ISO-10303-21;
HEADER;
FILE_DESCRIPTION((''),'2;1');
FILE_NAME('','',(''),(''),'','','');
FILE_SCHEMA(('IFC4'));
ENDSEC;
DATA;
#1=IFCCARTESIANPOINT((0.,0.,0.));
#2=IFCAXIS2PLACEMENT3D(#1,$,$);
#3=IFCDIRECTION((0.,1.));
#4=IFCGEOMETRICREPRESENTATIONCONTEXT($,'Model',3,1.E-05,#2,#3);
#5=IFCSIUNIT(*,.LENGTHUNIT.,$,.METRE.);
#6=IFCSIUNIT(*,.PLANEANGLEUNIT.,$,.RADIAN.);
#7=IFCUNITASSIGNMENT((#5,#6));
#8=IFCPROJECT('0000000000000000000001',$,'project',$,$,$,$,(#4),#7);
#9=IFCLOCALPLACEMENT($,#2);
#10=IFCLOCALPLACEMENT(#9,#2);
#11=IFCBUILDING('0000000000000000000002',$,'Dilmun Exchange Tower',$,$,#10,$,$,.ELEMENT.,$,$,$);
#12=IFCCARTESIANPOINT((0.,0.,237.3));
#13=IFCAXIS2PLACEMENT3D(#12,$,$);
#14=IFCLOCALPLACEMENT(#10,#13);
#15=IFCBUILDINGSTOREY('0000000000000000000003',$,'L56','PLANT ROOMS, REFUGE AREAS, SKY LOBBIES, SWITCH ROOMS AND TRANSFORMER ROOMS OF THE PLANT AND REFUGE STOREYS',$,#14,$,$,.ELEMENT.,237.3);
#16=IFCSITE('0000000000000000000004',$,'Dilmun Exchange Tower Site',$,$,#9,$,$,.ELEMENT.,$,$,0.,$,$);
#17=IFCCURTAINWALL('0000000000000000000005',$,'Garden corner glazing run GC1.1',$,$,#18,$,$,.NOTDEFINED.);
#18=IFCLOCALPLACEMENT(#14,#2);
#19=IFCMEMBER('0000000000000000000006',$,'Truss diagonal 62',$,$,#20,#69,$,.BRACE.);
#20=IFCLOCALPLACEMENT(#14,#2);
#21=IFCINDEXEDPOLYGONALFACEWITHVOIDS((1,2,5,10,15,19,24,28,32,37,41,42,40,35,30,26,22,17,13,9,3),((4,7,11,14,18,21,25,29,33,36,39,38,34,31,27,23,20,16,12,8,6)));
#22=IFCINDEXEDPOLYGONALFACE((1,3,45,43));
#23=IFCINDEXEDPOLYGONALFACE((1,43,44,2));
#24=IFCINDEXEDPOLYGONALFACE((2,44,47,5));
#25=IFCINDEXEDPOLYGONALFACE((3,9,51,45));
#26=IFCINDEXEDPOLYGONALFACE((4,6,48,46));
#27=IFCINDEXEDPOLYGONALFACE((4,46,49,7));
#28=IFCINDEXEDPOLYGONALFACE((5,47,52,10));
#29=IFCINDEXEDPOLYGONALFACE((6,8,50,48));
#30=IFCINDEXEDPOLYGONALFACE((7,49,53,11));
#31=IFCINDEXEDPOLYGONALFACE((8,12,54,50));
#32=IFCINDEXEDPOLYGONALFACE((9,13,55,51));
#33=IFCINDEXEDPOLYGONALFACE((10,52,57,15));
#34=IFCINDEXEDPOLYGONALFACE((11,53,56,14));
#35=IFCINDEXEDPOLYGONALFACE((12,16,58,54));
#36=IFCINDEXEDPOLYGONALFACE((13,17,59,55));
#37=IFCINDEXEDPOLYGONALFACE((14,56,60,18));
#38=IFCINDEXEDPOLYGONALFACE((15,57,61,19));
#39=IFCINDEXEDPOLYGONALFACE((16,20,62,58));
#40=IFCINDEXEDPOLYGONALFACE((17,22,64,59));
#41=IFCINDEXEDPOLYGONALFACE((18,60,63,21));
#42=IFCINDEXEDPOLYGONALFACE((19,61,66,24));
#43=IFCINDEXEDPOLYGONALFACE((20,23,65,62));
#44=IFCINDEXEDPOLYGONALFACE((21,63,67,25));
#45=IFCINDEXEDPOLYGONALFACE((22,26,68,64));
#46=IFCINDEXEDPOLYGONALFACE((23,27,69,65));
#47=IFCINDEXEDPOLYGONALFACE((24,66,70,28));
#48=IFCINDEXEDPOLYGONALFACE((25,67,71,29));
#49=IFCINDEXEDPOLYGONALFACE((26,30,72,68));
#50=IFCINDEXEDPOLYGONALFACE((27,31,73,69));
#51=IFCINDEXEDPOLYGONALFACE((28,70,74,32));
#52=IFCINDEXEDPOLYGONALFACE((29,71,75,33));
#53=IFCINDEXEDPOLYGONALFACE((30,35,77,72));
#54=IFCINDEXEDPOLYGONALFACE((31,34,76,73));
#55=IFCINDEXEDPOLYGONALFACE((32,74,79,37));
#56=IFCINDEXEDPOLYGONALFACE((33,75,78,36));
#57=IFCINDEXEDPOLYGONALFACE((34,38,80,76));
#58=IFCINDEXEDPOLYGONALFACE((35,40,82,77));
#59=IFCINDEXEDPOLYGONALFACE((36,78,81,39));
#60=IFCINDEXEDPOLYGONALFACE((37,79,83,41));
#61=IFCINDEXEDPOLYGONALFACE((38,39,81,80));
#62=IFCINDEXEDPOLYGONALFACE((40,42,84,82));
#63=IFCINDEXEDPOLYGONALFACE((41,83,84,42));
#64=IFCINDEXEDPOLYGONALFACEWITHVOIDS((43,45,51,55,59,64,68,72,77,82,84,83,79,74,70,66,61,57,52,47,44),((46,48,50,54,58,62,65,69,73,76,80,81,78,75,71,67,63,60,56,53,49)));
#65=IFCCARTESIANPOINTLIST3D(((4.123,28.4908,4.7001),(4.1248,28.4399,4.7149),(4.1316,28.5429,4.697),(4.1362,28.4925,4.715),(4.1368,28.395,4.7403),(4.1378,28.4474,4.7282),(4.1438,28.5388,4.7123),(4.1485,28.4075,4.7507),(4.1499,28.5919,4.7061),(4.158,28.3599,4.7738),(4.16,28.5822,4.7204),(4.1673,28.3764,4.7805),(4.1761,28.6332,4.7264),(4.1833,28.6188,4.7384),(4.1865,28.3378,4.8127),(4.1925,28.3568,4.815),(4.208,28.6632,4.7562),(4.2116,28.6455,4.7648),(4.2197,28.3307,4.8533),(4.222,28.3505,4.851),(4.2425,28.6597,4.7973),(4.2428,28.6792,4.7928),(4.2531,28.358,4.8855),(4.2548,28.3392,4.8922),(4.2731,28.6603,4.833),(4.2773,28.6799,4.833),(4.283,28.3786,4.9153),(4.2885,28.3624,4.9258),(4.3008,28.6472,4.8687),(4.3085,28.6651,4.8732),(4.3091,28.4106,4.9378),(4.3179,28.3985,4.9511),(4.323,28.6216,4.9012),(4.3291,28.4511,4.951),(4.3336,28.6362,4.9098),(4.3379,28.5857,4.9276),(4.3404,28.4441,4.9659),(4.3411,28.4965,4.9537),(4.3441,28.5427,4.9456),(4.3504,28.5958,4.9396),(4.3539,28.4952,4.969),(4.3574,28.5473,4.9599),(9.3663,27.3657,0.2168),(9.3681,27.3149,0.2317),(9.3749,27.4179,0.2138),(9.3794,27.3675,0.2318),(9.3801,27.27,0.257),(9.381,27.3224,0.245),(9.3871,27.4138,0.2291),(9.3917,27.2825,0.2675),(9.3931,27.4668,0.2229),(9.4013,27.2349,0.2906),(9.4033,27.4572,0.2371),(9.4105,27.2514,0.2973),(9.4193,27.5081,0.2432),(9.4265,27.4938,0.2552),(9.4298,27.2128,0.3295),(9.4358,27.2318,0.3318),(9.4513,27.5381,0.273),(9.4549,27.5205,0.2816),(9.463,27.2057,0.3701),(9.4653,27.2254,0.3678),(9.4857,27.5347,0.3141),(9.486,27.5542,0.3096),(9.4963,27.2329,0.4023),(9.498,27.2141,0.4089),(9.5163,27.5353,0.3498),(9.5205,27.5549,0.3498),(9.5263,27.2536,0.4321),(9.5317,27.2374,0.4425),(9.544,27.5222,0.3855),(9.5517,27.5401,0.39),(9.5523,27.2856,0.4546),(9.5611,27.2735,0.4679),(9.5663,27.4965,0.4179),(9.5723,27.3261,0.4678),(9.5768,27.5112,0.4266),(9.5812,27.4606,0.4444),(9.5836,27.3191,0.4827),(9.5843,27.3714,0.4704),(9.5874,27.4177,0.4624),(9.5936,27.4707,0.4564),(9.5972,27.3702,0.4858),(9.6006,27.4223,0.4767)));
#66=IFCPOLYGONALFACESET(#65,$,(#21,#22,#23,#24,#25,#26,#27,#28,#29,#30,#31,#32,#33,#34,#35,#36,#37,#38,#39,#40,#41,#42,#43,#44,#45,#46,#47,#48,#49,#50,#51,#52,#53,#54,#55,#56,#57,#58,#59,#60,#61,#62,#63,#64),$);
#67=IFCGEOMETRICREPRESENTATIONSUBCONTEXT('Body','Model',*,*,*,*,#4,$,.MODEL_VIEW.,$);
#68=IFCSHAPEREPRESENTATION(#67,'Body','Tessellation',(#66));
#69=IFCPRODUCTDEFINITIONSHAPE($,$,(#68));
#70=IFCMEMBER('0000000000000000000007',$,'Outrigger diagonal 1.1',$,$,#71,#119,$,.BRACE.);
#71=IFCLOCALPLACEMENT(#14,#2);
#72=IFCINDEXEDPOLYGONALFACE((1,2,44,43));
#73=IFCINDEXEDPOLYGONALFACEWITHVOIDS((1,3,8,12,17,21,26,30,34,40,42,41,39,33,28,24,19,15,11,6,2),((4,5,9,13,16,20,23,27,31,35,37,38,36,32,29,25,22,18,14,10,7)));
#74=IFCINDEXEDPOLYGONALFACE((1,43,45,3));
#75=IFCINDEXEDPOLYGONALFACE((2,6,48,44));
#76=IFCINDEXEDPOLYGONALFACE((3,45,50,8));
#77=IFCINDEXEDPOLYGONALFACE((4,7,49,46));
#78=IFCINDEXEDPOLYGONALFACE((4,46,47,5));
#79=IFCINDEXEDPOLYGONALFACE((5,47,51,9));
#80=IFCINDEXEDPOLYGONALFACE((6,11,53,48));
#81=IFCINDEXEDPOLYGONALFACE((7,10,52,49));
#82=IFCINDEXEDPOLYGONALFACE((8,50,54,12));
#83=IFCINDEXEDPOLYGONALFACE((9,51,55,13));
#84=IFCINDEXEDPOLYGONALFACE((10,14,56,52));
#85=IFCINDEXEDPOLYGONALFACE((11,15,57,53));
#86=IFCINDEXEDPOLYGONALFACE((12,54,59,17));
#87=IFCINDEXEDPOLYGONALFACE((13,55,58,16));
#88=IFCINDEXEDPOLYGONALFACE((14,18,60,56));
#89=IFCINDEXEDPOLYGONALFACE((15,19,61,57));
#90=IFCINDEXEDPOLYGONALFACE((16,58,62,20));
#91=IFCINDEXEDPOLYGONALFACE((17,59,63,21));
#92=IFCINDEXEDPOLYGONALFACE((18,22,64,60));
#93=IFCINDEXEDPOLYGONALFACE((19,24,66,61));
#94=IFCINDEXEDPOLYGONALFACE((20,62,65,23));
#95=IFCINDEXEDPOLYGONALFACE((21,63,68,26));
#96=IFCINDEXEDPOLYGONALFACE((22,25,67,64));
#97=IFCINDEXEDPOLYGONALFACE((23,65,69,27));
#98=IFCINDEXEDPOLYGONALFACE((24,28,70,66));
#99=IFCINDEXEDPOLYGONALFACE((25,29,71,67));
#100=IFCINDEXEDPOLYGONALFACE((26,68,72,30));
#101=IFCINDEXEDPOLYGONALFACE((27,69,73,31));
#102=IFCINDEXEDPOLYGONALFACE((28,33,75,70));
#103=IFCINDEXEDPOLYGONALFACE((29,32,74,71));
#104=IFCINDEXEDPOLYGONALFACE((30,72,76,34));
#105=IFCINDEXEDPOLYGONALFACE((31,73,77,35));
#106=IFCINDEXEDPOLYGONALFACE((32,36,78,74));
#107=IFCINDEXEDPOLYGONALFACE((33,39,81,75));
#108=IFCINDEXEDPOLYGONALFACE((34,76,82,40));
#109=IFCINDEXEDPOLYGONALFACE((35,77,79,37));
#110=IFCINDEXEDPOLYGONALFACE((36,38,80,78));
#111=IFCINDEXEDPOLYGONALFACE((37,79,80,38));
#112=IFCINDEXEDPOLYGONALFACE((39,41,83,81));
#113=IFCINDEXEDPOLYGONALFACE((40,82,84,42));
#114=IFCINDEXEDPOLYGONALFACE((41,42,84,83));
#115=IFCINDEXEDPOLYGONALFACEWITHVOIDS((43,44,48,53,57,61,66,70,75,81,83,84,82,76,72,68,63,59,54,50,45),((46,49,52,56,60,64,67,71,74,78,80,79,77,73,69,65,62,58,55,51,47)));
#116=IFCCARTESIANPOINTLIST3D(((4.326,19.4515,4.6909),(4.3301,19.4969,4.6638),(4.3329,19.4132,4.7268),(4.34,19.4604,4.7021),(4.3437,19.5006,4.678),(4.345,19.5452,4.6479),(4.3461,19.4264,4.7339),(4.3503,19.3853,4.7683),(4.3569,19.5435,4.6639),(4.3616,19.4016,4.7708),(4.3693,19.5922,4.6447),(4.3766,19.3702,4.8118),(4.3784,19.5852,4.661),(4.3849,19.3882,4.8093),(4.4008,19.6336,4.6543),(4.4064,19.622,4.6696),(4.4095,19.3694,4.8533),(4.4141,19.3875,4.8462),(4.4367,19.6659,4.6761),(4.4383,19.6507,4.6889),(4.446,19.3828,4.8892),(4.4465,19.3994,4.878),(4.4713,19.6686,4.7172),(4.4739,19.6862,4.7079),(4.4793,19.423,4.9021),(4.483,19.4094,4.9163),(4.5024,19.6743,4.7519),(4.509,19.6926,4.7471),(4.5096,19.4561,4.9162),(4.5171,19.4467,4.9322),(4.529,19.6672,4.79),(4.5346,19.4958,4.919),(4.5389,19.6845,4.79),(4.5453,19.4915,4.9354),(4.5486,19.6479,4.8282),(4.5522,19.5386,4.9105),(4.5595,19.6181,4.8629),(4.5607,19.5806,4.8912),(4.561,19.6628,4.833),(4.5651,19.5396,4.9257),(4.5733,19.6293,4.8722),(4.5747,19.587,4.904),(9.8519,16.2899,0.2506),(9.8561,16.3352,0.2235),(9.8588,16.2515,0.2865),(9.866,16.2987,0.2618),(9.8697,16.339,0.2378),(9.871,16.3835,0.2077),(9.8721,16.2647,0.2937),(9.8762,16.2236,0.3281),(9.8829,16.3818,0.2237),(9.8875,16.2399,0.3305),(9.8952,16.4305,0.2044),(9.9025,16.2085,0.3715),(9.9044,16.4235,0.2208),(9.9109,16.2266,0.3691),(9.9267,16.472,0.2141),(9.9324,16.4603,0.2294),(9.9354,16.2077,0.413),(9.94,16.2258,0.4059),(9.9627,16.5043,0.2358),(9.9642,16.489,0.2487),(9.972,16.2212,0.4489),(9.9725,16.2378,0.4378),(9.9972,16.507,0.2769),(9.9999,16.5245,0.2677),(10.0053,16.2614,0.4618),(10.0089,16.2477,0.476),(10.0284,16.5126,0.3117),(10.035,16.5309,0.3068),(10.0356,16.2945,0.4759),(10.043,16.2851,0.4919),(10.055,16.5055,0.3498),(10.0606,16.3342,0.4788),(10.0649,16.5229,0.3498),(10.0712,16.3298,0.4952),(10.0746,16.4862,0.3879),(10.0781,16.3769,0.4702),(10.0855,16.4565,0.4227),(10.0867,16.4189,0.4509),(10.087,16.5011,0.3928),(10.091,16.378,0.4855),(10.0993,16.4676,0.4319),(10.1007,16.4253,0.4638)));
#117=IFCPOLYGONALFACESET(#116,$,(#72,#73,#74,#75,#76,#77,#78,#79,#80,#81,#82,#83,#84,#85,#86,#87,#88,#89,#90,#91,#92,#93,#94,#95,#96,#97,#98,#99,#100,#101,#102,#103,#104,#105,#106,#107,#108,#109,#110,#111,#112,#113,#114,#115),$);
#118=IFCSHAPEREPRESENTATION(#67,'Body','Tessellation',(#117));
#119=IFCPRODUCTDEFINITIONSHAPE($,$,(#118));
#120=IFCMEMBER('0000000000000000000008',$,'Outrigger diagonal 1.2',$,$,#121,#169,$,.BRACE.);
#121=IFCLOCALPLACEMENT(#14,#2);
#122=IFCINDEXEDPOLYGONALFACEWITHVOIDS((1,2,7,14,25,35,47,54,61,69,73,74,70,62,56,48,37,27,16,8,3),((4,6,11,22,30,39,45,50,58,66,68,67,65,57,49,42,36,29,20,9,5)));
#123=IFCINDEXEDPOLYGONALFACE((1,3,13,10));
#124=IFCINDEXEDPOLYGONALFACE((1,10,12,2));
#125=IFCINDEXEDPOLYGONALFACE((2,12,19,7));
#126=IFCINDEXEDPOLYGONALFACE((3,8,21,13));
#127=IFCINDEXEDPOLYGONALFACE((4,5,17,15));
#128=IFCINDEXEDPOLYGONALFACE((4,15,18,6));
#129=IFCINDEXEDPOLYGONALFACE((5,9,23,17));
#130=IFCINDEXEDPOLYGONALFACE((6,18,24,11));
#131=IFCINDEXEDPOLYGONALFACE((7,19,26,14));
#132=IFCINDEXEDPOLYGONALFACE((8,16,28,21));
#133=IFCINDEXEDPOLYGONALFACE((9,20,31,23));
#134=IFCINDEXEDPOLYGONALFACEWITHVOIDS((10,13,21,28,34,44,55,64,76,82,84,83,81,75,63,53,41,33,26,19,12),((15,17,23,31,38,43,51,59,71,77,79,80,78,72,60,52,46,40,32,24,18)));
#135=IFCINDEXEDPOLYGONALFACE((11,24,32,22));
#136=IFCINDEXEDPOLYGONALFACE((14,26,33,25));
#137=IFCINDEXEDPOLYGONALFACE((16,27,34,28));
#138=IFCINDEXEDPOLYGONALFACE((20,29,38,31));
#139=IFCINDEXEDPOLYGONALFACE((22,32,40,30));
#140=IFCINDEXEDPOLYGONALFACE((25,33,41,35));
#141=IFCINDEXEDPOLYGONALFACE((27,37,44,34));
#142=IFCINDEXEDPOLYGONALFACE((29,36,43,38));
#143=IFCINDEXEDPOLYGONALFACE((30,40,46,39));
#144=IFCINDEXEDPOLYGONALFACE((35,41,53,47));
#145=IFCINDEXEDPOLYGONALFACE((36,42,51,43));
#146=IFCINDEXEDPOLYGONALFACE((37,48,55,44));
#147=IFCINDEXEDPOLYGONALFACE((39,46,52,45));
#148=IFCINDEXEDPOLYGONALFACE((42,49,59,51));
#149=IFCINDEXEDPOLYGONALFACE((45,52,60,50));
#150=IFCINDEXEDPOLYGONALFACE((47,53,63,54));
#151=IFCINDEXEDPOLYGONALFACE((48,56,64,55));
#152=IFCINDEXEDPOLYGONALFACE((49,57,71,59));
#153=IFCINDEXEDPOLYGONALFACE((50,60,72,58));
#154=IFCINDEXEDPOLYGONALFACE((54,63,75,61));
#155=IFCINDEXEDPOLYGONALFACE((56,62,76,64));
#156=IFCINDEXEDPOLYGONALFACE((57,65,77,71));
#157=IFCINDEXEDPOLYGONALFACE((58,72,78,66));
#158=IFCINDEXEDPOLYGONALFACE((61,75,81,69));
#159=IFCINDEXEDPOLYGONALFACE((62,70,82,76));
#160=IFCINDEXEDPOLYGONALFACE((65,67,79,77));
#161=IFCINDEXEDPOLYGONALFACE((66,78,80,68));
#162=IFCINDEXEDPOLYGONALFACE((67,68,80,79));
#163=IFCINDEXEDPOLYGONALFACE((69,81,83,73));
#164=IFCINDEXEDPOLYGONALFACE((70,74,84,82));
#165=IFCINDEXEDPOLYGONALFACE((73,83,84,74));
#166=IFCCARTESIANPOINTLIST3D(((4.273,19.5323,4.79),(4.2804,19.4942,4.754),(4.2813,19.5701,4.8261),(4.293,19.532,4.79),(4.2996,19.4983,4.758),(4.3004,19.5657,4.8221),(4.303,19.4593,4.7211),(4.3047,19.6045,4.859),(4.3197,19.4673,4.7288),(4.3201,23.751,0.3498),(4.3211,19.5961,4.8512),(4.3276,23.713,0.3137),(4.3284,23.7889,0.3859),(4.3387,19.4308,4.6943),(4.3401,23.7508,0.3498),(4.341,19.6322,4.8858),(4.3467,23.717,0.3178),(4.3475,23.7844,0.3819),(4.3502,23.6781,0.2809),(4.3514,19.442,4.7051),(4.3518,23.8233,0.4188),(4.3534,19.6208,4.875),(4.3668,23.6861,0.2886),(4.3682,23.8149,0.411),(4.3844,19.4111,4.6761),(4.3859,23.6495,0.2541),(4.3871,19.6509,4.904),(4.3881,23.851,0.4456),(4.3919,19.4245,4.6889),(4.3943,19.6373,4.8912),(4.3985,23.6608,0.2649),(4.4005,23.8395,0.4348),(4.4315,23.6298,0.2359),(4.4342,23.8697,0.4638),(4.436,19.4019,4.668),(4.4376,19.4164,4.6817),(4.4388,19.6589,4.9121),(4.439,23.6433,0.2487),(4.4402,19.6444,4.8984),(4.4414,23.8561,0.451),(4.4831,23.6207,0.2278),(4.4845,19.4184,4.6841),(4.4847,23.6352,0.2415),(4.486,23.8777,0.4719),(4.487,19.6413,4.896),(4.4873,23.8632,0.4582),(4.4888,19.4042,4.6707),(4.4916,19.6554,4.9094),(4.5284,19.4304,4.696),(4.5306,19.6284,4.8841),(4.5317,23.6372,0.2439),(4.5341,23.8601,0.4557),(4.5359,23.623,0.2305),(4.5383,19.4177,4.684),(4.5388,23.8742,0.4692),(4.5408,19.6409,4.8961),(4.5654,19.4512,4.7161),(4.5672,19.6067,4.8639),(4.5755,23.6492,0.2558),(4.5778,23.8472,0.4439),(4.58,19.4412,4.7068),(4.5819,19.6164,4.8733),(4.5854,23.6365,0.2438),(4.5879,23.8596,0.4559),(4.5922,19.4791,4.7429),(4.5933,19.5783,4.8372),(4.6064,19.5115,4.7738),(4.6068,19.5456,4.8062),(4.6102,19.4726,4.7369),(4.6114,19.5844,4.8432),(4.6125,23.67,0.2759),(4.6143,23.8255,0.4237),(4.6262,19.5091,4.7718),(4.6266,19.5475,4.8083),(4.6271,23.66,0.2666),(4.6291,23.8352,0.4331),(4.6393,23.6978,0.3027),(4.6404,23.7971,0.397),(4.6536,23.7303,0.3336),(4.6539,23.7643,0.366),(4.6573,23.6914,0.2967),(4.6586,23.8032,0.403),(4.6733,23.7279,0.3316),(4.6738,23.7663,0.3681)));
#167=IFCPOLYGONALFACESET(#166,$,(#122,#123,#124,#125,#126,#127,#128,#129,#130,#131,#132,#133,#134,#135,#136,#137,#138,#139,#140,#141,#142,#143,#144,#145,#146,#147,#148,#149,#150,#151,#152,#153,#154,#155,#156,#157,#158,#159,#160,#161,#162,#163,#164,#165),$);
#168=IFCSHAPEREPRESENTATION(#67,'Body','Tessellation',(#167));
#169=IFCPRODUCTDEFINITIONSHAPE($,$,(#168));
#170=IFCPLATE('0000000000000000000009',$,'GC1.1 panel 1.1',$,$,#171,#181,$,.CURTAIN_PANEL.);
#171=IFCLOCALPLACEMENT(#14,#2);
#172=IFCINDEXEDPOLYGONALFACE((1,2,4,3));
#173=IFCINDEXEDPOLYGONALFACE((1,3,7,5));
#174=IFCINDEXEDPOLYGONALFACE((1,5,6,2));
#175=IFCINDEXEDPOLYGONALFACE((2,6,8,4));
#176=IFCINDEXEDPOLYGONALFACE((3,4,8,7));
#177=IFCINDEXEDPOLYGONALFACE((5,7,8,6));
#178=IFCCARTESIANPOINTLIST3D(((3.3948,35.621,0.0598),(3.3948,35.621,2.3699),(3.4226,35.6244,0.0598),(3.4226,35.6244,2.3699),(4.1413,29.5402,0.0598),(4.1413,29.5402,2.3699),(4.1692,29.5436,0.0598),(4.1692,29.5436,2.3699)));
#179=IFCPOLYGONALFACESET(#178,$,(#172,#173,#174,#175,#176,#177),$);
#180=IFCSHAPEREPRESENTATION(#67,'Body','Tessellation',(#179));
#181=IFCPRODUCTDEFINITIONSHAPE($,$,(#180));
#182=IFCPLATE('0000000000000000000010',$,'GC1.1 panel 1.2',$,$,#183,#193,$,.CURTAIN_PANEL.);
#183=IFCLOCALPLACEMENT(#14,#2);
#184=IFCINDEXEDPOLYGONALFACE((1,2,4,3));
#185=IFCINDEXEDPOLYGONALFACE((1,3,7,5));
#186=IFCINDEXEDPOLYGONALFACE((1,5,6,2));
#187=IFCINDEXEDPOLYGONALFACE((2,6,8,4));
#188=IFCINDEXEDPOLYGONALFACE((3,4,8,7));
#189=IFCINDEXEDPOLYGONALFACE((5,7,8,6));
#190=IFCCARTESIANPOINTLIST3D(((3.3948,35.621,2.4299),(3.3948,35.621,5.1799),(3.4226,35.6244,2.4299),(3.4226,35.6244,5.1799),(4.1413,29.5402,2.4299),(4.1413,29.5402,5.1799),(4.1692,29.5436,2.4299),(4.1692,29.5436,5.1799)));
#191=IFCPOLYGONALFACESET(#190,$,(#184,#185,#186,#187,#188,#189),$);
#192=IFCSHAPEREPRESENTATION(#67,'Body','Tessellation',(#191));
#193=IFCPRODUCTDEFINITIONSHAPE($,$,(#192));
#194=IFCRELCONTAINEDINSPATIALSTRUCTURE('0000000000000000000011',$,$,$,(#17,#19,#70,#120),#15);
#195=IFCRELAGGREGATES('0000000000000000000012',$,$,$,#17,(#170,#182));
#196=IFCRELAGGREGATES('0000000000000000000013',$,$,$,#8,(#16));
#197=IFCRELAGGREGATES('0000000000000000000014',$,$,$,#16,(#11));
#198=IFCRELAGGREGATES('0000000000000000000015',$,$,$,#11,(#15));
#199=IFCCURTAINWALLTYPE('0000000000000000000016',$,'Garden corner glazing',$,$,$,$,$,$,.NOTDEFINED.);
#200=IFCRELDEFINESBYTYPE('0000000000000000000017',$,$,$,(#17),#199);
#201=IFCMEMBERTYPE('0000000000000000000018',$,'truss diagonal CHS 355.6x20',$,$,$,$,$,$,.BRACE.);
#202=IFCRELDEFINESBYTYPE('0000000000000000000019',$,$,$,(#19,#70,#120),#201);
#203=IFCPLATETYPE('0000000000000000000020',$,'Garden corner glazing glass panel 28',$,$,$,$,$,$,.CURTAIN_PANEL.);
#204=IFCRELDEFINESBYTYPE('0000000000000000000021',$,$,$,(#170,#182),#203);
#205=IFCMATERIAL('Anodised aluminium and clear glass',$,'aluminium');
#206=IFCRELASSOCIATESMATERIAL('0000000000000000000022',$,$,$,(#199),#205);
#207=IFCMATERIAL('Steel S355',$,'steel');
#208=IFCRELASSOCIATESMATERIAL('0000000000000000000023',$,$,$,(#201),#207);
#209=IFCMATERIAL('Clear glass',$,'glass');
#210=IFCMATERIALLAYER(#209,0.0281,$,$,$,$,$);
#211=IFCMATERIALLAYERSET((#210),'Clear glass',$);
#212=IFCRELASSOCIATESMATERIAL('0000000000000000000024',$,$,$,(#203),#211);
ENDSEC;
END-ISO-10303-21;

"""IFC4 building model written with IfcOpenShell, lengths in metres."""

from ifc_helpers import new_model, si_unit, direction, frame, origin, origin_2d, place, context, subcontext, project, spatial, rectangle, hollow_circle, extrude, material, layer, layer_set, material_profile, profile_set, type_object, element, aggregate, save


model = new_model("IFC4")

# Units and contexts
model_context = context("Model", 3, precision=1e-05, world=origin(), true_north=direction((0.0, 1.0)))
body_context = subcontext(model_context, "Body", "Model", "MODEL_VIEW")
ifc_project = project(units=[si_unit("LENGTHUNIT", "METRE"), si_unit("PLANEANGLEUNIT", "RADIAN")], contexts=[model_context])

# Site, building, storey
site_placement = place(None, origin())
site = spatial("IfcSite", under=ifc_project, at=site_placement, Name="Dilmun Exchange Tower Site", CompositionType="ELEMENT", RefElevation=0.0)
building_placement = place(site_placement, origin())
building = spatial("IfcBuilding", under=site, at=building_placement, Name="Dilmun Exchange Tower", CompositionType="ELEMENT")
storey_placement = place(building_placement, frame((0.0, 0.0, 237.3)))
storey = spatial("IfcBuildingStorey", under=building, at=storey_placement, Name="L56", Description="PLANT ROOMS, REFUGE AREAS, SKY LOBBIES, SWITCH ROOMS AND TRANSFORMER ROOMS OF THE PLANT AND REFUGE STOREYS", CompositionType="ELEMENT", Elevation=237.3)

# Curtain wall
ifc_material_1 = material(Name="Anodised aluminium and clear glass", Category="aluminium")
curtain_wall_type = type_object("IfcCurtainWallType", Name="Garden corner glazing", PredefinedType="NOTDEFINED", material=ifc_material_1)
curtain_wall_placement = place(storey_placement, origin())
curtain_wall = element("IfcCurtainWall", 1, at=curtain_wall_placement, inside=storey, type_object=curtain_wall_type, Name="Garden corner glazing run GC1.1", PredefinedType="NOTDEFINED")

# Shared definitions
ifc_material_2 = material(Name="Steel S355", Category="steel")

# Members
ifc_material_profile_1 = material_profile(ifc_material_2, hollow_circle(Radius=0.1777, WallThickness=0.02, at=origin_2d()), Name="CHS 355.6x20")
ifc_profile_set_1 = profile_set([ifc_material_profile_1], Name="Steel S355")
member_type_1 = type_object("IfcMemberType", Name="truss diagonal CHS 355.6x20", PredefinedType="BRACE", material=ifc_profile_set_1)
member_1_placement = place(storey_placement, frame((4.24, 28.5061, 4.833), z_axis=(0.750134, -0.160952, -0.6414), x_axis=(0.20979, 0.977746, 0.0)))
element("IfcMember", 2, at=member_1_placement, inside=storey, type_object=member_type_1, Name="Truss diagonal 62", PredefinedType="BRACE", context=body_context, shape_type="SweptSolid", body=[
    extrude(hollow_circle(Radius=0.1777, WallThickness=0.02, at=origin_2d()), origin(), (0.0, 0.0, 1.0), 6.9897),
])
member_2_placement = place(storey_placement, frame((4.4507, 19.5303, 4.79), z_axis=(0.711927, -0.407328, -0.572052), x_axis=(0.49661, 0.867974, 0.0)))
element("IfcMember", 3, at=member_2_placement, inside=storey, type_object=member_type_1, Name="Outrigger diagonal 1.1", PredefinedType="BRACE", context=body_context, shape_type="SweptSolid", body=[
    extrude(hollow_circle(Radius=0.1777, WallThickness=0.02, at=origin_2d()), origin(), (0.0, 0.0, 1.0), 7.762),
])
member_3_placement = place(storey_placement, frame((4.4507, 19.5303, 4.79), z_axis=(0.007693, 0.688778, -0.724931), x_axis=(-0.999938, 0.011168, 0.0)))
element("IfcMember", 4, at=member_3_placement, inside=storey, type_object=member_type_1, Name="Outrigger diagonal 1.2", PredefinedType="BRACE", context=body_context, shape_type="SweptSolid", body=[
    extrude(hollow_circle(Radius=0.1777, WallThickness=0.02, at=origin_2d()), origin(), (0.0, 0.0, 1.0), 6.125),
])

# Plates
ifc_material_3 = material(Name="Clear glass", Category="glass")
ifc_layer_1 = layer(ifc_material_3, 0.0281)
ifc_layer_set_1 = layer_set([ifc_layer_1], Name="Clear glass")
plate_type = type_object("IfcPlateType", Name="Garden corner glazing glass panel 28", PredefinedType="CURTAIN_PANEL", material=ifc_layer_set_1)
plate_1_placement = place(storey_placement, frame((3.782, 32.5823, 0.0598), z_axis=(0.0, 0.0, 1.0), x_axis=(0.121861, -0.992547, 0.0)))
plate_1 = element("IfcPlate", 5, at=plate_1_placement, type_object=plate_type, Name="GC1.1 panel 1.1", PredefinedType="CURTAIN_PANEL", context=body_context, shape_type="SweptSolid", body=[
    extrude(rectangle(XDim=6.1265, YDim=0.0281, at=origin_2d()), origin(), (0.0, 0.0, 1.0), 2.3101),
])
plate_2_placement = place(storey_placement, frame((3.782, 32.5823, 2.4299), z_axis=(0.0, 0.0, 1.0), x_axis=(0.121861, -0.992547, 0.0)))
plate_2 = element("IfcPlate", 6, at=plate_2_placement, type_object=plate_type, Name="GC1.1 panel 1.2", PredefinedType="CURTAIN_PANEL", context=body_context, shape_type="SweptSolid", body=[
    extrude(rectangle(XDim=6.1265, YDim=0.0281, at=origin_2d()), origin(), (0.0, 0.0, 1.0), 2.75),
])
aggregate(curtain_wall, [plate_1, plate_2])

save(model, "model.ifc")
